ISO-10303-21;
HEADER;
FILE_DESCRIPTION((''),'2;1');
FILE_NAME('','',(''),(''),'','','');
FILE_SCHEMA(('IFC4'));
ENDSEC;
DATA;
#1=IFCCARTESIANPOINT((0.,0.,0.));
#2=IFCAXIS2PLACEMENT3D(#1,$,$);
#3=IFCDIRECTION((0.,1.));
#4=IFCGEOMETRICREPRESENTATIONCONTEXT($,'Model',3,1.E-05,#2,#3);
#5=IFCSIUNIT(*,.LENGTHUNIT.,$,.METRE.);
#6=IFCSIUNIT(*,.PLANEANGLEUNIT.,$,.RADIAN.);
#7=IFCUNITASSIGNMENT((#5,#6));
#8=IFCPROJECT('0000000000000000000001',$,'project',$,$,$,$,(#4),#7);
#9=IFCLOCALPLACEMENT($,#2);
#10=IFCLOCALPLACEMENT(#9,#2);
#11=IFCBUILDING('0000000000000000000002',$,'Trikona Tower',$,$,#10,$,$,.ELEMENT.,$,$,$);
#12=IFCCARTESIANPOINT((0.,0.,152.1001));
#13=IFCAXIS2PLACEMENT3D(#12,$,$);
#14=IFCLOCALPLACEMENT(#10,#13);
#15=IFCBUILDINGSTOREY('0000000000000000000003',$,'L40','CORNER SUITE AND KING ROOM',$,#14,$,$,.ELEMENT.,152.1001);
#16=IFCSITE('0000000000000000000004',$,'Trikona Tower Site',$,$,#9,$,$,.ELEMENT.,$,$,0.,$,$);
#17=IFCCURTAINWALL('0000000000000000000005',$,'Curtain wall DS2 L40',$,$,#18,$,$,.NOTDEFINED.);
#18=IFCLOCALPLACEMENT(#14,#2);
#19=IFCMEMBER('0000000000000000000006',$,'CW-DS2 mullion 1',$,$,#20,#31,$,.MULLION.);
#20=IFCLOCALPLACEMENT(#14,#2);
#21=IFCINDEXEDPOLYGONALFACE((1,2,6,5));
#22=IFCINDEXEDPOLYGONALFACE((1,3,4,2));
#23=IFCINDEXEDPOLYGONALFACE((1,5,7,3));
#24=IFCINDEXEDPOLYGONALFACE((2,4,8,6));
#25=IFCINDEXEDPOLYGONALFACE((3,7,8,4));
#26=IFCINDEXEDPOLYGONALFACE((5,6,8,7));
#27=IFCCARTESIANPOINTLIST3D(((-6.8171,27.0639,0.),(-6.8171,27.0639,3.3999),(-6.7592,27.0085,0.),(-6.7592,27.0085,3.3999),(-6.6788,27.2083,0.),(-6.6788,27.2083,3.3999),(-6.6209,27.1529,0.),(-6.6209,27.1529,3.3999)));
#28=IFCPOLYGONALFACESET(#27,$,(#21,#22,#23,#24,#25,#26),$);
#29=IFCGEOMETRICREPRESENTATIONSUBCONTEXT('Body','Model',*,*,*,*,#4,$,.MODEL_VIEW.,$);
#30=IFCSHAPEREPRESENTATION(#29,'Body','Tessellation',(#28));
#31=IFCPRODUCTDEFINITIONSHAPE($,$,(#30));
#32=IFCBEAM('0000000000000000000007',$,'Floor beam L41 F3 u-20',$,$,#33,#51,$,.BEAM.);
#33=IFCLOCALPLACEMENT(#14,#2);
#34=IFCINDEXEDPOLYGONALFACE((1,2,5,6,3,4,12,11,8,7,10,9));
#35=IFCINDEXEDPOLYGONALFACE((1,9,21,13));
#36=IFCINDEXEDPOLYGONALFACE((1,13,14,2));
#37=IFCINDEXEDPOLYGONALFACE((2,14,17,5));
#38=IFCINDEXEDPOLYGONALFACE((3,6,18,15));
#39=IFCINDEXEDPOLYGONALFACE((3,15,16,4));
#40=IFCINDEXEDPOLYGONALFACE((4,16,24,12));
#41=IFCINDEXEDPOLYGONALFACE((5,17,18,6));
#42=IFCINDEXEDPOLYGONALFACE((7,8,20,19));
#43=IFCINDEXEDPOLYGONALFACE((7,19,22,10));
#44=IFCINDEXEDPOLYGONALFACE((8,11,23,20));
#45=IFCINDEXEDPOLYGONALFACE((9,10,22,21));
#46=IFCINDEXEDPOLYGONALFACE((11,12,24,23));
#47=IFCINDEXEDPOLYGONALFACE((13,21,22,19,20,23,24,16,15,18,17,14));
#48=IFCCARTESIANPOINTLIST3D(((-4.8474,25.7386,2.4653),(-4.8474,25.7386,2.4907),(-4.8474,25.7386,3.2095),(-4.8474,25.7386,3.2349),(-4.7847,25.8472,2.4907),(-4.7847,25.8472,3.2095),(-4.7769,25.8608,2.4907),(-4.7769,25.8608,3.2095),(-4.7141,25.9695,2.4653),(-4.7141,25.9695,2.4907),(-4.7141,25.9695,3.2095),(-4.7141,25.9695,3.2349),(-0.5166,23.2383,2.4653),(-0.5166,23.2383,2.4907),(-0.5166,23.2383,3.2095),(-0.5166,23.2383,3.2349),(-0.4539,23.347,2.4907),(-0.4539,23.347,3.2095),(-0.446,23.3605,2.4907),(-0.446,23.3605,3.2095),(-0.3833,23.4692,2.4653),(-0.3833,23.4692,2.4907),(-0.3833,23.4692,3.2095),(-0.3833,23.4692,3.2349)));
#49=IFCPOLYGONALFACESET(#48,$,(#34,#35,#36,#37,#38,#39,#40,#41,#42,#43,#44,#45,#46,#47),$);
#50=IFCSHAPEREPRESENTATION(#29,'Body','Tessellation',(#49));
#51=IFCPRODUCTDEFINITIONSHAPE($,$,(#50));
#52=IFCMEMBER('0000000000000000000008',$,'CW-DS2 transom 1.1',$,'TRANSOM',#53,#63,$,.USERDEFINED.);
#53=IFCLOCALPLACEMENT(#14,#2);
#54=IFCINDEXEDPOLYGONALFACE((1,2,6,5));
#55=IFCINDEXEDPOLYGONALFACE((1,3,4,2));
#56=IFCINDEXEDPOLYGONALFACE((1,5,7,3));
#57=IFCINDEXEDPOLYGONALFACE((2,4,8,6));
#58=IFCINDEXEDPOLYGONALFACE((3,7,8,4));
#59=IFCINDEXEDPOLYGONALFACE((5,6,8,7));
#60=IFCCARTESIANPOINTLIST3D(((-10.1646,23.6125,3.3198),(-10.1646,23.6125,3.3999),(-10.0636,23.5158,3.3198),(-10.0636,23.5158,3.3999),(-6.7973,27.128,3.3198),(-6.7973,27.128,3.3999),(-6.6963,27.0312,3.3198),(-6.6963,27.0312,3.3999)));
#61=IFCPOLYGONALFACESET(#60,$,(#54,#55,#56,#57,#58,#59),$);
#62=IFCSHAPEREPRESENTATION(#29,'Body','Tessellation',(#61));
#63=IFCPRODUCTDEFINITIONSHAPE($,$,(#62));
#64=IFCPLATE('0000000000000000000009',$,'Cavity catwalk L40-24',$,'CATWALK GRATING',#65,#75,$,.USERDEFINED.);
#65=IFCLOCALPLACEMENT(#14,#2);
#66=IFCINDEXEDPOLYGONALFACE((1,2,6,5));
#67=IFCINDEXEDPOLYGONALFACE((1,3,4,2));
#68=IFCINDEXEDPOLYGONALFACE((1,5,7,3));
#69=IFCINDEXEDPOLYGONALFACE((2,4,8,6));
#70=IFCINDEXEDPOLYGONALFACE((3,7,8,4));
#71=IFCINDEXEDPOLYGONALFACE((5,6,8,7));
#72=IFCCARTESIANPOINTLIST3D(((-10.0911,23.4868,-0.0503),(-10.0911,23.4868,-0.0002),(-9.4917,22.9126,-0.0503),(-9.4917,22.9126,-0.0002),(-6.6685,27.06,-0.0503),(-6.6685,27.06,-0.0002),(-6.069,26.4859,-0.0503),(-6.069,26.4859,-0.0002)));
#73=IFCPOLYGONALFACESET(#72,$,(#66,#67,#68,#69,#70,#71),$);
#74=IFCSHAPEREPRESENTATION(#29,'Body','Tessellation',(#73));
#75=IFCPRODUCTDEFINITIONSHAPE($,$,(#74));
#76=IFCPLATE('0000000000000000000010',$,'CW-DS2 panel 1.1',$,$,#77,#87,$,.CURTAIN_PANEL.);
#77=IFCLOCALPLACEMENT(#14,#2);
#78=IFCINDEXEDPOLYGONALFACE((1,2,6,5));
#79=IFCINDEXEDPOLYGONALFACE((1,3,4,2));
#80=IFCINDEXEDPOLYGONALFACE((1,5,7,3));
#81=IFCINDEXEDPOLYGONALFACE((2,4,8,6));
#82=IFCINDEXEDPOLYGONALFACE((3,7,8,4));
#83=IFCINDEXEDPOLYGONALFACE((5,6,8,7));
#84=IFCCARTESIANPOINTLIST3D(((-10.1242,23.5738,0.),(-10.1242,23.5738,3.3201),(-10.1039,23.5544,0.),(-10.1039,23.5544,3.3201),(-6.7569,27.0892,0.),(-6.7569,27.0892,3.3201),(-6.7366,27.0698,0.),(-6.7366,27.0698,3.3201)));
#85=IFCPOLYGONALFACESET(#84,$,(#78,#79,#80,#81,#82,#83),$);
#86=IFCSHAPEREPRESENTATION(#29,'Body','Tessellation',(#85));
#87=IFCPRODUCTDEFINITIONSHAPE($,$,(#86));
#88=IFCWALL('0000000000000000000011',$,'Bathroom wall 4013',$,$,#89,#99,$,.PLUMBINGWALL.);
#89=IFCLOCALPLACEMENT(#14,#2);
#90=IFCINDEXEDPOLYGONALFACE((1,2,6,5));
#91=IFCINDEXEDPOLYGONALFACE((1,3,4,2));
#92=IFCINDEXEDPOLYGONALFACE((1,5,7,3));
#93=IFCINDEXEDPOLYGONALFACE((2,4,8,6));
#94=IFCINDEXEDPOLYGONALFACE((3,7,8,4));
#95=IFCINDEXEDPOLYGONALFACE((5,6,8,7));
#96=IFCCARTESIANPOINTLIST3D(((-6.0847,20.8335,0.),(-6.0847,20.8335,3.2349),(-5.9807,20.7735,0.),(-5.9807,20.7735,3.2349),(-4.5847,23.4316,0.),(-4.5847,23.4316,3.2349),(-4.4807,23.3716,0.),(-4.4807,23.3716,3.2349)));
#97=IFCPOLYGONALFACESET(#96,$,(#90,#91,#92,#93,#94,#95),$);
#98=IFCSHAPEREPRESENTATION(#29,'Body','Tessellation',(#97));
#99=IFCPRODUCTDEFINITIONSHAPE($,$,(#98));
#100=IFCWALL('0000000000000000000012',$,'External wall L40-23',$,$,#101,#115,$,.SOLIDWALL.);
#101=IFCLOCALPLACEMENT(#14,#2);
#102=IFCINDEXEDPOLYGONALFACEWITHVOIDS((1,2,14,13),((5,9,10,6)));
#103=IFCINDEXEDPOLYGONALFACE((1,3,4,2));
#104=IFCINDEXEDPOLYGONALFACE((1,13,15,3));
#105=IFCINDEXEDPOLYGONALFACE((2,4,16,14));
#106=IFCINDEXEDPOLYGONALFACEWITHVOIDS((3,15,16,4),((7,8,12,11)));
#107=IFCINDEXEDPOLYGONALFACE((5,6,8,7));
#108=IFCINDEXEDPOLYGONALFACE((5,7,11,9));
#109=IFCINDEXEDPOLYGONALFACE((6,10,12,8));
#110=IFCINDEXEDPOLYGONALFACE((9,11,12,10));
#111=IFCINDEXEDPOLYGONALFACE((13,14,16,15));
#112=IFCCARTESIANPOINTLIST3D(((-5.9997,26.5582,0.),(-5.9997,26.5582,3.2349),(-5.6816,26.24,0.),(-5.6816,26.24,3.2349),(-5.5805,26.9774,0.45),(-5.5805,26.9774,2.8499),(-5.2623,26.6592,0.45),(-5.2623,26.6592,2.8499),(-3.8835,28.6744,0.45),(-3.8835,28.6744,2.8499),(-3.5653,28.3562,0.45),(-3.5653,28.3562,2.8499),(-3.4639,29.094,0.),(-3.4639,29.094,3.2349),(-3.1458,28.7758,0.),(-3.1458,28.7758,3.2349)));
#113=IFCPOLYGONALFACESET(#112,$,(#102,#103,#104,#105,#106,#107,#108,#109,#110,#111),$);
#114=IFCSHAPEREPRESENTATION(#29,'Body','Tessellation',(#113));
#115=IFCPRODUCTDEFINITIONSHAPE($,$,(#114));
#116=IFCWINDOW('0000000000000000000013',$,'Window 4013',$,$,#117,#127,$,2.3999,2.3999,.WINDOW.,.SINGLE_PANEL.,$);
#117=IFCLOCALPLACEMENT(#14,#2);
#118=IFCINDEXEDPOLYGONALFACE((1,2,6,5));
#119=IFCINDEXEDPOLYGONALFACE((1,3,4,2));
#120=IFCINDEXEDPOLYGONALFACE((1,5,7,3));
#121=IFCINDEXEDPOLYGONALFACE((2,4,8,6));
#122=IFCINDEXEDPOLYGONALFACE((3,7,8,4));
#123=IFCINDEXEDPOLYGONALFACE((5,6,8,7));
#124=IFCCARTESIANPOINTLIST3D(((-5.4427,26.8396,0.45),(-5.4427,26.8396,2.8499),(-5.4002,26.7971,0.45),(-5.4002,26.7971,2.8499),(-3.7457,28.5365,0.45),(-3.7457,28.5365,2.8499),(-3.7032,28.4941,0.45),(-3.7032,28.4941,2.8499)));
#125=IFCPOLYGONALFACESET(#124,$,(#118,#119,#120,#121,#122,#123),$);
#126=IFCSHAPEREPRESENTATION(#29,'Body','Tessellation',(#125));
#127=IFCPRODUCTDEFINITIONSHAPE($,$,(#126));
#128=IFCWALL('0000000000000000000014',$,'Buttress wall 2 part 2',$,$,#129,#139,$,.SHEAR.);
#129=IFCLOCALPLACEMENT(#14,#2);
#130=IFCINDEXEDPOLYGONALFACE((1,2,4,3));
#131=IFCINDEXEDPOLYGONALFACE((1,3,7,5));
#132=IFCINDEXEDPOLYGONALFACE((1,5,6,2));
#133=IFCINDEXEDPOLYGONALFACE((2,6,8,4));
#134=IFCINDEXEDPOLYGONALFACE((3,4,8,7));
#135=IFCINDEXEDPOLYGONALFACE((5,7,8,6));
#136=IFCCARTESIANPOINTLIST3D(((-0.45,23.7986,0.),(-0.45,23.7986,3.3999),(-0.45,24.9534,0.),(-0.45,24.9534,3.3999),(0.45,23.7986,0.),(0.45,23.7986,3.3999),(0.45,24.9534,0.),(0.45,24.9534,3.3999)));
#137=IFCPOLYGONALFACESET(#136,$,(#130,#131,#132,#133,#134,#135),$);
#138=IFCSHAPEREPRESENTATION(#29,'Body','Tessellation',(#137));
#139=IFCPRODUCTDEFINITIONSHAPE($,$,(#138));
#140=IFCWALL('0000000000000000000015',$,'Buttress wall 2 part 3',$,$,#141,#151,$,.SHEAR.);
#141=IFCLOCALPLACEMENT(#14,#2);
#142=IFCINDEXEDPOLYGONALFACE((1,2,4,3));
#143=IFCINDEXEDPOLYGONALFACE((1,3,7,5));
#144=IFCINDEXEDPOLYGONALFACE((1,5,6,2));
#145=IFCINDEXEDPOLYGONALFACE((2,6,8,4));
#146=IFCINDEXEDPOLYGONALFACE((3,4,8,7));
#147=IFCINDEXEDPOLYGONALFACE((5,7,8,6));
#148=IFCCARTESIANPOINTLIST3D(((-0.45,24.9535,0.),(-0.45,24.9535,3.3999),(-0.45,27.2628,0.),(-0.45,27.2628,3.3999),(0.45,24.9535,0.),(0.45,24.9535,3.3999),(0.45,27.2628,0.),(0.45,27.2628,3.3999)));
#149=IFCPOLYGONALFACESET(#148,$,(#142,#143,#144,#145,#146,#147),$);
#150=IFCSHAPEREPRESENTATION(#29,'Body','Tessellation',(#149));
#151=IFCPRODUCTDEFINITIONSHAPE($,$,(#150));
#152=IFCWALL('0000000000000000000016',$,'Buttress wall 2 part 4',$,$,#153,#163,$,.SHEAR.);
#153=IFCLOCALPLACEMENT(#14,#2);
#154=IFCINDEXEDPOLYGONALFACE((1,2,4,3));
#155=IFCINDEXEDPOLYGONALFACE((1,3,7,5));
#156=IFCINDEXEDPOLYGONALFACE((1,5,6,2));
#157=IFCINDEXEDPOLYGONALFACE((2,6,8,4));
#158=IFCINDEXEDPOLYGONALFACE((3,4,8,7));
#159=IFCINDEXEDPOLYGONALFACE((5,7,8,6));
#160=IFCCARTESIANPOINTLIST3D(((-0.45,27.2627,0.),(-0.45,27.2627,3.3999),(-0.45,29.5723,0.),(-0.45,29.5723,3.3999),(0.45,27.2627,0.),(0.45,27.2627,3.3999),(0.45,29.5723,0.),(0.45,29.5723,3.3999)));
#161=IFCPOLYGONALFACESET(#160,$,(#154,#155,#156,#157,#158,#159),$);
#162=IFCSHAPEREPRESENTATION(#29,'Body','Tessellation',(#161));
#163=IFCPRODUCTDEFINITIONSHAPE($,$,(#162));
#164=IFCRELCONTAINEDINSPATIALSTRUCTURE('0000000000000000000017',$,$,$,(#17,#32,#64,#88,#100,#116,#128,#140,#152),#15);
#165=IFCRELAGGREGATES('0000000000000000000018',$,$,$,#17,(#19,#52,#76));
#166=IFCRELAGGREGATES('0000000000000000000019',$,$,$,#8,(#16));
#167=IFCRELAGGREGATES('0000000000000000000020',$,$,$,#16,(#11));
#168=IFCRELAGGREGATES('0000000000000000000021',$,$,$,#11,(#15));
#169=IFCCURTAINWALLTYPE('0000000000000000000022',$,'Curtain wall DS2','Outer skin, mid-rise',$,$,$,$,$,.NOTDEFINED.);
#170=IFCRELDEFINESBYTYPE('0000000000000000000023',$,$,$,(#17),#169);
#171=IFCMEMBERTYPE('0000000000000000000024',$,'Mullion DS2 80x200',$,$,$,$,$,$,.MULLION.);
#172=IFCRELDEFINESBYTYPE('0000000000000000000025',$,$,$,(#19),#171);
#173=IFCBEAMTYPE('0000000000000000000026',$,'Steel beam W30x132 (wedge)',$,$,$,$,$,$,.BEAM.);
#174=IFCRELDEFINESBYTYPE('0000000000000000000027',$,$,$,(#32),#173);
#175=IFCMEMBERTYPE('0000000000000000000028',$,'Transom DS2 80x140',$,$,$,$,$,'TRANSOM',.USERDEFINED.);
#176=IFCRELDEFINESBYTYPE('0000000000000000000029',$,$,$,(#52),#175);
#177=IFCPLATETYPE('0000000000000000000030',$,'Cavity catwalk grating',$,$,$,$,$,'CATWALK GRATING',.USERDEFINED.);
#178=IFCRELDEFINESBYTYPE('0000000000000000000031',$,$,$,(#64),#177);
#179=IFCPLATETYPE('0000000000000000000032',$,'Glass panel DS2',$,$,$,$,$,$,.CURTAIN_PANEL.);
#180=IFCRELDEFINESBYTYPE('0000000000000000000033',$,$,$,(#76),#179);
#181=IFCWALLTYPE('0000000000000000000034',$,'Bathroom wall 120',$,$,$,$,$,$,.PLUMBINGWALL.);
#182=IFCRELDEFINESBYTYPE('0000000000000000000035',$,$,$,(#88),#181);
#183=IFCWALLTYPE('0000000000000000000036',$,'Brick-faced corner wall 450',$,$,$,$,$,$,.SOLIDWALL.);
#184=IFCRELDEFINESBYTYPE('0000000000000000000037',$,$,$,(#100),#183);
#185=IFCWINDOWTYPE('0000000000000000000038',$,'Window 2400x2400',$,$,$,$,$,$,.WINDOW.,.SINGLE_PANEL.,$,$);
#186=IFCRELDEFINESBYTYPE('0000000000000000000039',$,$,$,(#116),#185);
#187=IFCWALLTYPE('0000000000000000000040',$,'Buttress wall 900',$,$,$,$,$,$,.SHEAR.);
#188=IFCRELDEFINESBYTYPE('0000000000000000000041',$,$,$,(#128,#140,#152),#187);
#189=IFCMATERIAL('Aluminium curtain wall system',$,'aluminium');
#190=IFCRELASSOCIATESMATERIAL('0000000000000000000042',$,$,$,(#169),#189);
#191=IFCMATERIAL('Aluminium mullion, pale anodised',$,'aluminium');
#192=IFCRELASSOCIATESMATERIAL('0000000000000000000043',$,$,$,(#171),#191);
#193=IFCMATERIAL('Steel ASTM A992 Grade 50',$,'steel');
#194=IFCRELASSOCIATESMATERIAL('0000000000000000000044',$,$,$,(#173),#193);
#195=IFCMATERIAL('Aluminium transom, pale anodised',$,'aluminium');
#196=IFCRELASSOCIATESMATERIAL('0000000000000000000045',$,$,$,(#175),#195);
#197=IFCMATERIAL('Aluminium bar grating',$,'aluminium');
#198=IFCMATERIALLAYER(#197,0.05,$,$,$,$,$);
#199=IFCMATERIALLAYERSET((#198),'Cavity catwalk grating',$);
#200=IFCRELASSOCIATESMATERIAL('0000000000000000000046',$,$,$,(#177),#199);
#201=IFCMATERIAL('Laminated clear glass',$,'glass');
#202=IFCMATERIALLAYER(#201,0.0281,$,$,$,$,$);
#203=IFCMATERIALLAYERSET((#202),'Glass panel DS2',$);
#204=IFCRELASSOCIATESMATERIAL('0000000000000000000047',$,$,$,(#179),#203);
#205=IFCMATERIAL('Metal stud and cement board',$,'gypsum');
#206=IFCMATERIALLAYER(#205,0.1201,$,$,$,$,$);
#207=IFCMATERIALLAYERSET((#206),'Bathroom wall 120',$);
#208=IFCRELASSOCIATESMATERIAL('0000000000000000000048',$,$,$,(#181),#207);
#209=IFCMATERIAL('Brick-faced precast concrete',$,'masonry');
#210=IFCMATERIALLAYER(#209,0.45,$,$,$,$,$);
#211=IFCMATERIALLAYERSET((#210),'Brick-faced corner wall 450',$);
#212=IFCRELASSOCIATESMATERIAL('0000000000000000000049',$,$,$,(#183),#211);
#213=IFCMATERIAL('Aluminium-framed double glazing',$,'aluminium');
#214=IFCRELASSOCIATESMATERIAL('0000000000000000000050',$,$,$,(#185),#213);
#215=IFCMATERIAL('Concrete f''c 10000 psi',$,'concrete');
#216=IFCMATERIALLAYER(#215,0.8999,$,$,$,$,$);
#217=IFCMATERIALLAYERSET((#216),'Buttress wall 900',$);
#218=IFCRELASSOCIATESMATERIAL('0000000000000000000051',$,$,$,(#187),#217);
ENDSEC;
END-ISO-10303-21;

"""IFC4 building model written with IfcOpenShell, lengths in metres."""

from ifc_helpers import new_model, si_unit, direction, frame, frame_2d, origin, origin_2d, place, context, subcontext, project, spatial, rectangle, i_section, extrude, material, layer, layer_set, material_profile, profile_set, type_object, element, fill, aggregate, save


model = new_model("IFC4")

# Units and contexts
model_context = context("Model", 3, precision=1e-05, world=origin(), true_north=direction((0.0, 1.0)))
body_context = subcontext(model_context, "Body", "Model", "MODEL_VIEW")
ifc_project = project(units=[si_unit("LENGTHUNIT", "METRE"), si_unit("PLANEANGLEUNIT", "RADIAN")], contexts=[model_context])

# Site, building, storey
site_placement = place(None, origin())
site = spatial("IfcSite", under=ifc_project, at=site_placement, Name="Trikona Tower Site", CompositionType="ELEMENT", RefElevation=0.0)
building_placement = place(site_placement, origin())
building = spatial("IfcBuilding", under=site, at=building_placement, Name="Trikona Tower", CompositionType="ELEMENT")
storey_placement = place(building_placement, frame((0.0, 0.0, 152.1001)))
storey = spatial("IfcBuildingStorey", under=building, at=storey_placement, Name="L40", Description="CORNER SUITE AND KING ROOM", CompositionType="ELEMENT", Elevation=152.1001)

# Curtain wall, member
ifc_material_1 = material(Name="Aluminium curtain wall system", Category="aluminium")
curtain_wall_type = type_object("IfcCurtainWallType", Name="Curtain wall DS2", Description="Outer skin, mid-rise", PredefinedType="NOTDEFINED", material=ifc_material_1)
curtain_wall_placement = place(storey_placement, origin())
curtain_wall = element("IfcCurtainWall", 1, at=curtain_wall_placement, inside=storey, type_object=curtain_wall_type, Name="Curtain wall DS2 L40", PredefinedType="NOTDEFINED")
ifc_material_2 = material(Name="Aluminium mullion, pale anodised", Category="aluminium")
ifc_material_profile_1 = material_profile(ifc_material_2, rectangle(XDim=0.0801, YDim=0.2, at=origin_2d()), Name="MUL-DS2")
ifc_profile_set_1 = profile_set([ifc_material_profile_1], Name="Aluminium mullion, pale anodised")
member_type_1 = type_object("IfcMemberType", Name="Mullion DS2 80x200", PredefinedType="MULLION", material=ifc_profile_set_1)
member_1_placement = place(storey_placement, frame((-6.719, 27.1084, 0.0), z_axis=(0.0, 0.0, 1.0), x_axis=(0.722158, -0.691728, 0.0)))
member_1 = element("IfcMember", 2, at=member_1_placement, type_object=member_type_1, Name="CW-DS2 mullion 1", PredefinedType="MULLION", context=body_context, shape_type="SweptSolid", body=[
    extrude(rectangle(XDim=0.0801, YDim=0.2, at=origin_2d()), origin(), (0.0, 0.0, 1.0), 3.3999),
])

# Beam
ifc_material_3 = material(Name="Steel ASTM A992 Grade 50", Category="steel")
ifc_material_profile_2 = material_profile(ifc_material_3, i_section(OverallWidth=0.2666, OverallDepth=0.7695, WebThickness=0.0156, FlangeThickness=0.0254, at=origin_2d()), Name="W30X132")
ifc_profile_set_2 = profile_set([ifc_material_profile_2], Name="Steel ASTM A992 Grade 50")
beam_type = type_object("IfcBeamType", Name="Steel beam W30x132 (wedge)", PredefinedType="BEAM", material=ifc_profile_set_2)
beam_placement = place(storey_placement, frame((-0.45, 23.3538, 2.8501), z_axis=(-0.866038, 0.499977, 0.0), x_axis=(-0.499977, -0.866038, 0.0)))
element("IfcBeam", 3, at=beam_placement, inside=storey, type_object=beam_type, Name="Floor beam L41 F3 u-20", PredefinedType="BEAM", context=body_context, shape_type="SweptSolid", body=[
    extrude(i_section(OverallWidth=0.2666, OverallDepth=0.7695, WebThickness=0.0156, FlangeThickness=0.0254, at=origin_2d()), origin(), (0.0, 0.0, 1.0), 5.0007),
])

# Member
ifc_material_4 = material(Name="Aluminium transom, pale anodised", Category="aluminium")
ifc_material_profile_3 = material_profile(ifc_material_4, rectangle(XDim=0.1399, YDim=0.0801, at=origin_2d()), Name="TRN-DS2")
ifc_profile_set_3 = profile_set([ifc_material_profile_3], Name="Aluminium transom, pale anodised")
member_type_2 = type_object("IfcMemberType", Name="Transom DS2 80x140", ElementType="TRANSOM", PredefinedType="USERDEFINED", material=ifc_profile_set_3)
member_2_placement = place(storey_placement, frame((-6.7468, 27.0796, 3.3599), z_axis=(-0.691721, -0.722165, 0.0), x_axis=(0.722165, -0.691721, 0.0)))
member_2 = element("IfcMember", 4, at=member_2_placement, type_object=member_type_2, Name="CW-DS2 transom 1.1", ObjectType="TRANSOM", PredefinedType="USERDEFINED", context=body_context, shape_type="SweptSolid", body=[
    extrude(rectangle(XDim=0.1399, YDim=0.0801, at=origin_2d()), origin(), (0.0, 0.0, 1.0), 4.8679),
])

# Plates
ifc_material_5 = material(Name="Aluminium bar grating", Category="aluminium")
ifc_layer_1 = layer(ifc_material_5, 0.05)
ifc_layer_set_1 = layer_set([ifc_layer_1], Name="Cavity catwalk grating")
plate_type_1 = type_object("IfcPlateType", Name="Cavity catwalk grating", ElementType="CATWALK GRATING", PredefinedType="USERDEFINED", material=ifc_layer_set_1)
plate_1_placement = place(storey_placement, frame((-8.0801, 24.9863, -0.0503), z_axis=(0.0, 0.0, 1.0), x_axis=(-0.691724, -0.722162, 0.0)))
element("IfcPlate", 5, at=plate_1_placement, inside=storey, type_object=plate_type_1, Name="Cavity catwalk L40-24", ObjectType="CATWALK GRATING", PredefinedType="USERDEFINED", context=body_context, shape_type="SweptSolid", body=[
    extrude(rectangle(XDim=4.948, YDim=0.8301, at=origin_2d()), origin(), (0.0, 0.0, 1.0), 0.05),
])
ifc_material_6 = material(Name="Laminated clear glass", Category="glass")
ifc_layer_2 = layer(ifc_material_6, 0.0281)
ifc_layer_set_2 = layer_set([ifc_layer_2], Name="Glass panel DS2")
plate_type_2 = type_object("IfcPlateType", Name="Glass panel DS2", PredefinedType="CURTAIN_PANEL", material=ifc_layer_set_2)
plate_2_placement = place(storey_placement, frame((-8.4304, 25.3218, 0.0), z_axis=(0.0, 0.0, 1.0), x_axis=(-0.691728, -0.722158, 0.0)))
plate_2 = element("IfcPlate", 6, at=plate_2_placement, type_object=plate_type_2, Name="CW-DS2 panel 1.1", PredefinedType="CURTAIN_PANEL", context=body_context, shape_type="SweptSolid", body=[
    extrude(rectangle(XDim=4.8679, YDim=0.0281, at=origin_2d()), origin(), (0.0, 0.0, 1.0), 3.3201),
])
aggregate(curtain_wall, [member_1, member_2, plate_2])

# Wall
ifc_material_7 = material(Name="Metal stud and cement board", Category="gypsum")
ifc_layer_3 = layer(ifc_material_7, 0.1201)
ifc_layer_set_3 = layer_set([ifc_layer_3], Name="Bathroom wall 120")
wall_type_1 = type_object("IfcWallType", Name="Bathroom wall 120", PredefinedType="PLUMBINGWALL", material=ifc_layer_set_3)
wall_1_placement = place(storey_placement, frame((-4.5327, 23.4016, 0.0), z_axis=(0.0, 0.0, 1.0), x_axis=(-0.49999, -0.866031, 0.0)))
element("IfcWall", 7, at=wall_1_placement, inside=storey, type_object=wall_type_1, Name="Bathroom wall 4013", PredefinedType="PLUMBINGWALL", context=body_context, shape_type="SweptSolid", body=[
    extrude(rectangle(XDim=3.0, YDim=0.1201, at=frame_2d((1.5, 0.0))), origin(), (0.0, 0.0, 1.0), 3.2349),
])

# Wall, opening, window
ifc_material_8 = material(Name="Brick-faced precast concrete", Category="masonry")
ifc_layer_4 = layer(ifc_material_8, 0.45)
ifc_layer_set_4 = layer_set([ifc_layer_4], Name="Brick-faced corner wall 450")
wall_type_2 = type_object("IfcWallType", Name="Brick-faced corner wall 450", PredefinedType="SOLIDWALL", material=ifc_layer_set_4)
wall_2_placement = place(storey_placement, frame((-3.3049, 28.9348, 0.0), z_axis=(0.0, 0.0, 1.0), x_axis=(-0.707107, -0.707107, 0.0)))
wall_2 = element("IfcWall", 8, at=wall_2_placement, inside=storey, type_object=wall_type_2, Name="External wall L40-23", PredefinedType="SOLIDWALL", context=body_context, shape_type="SweptSolid", body=[
    extrude(rectangle(XDim=3.5862, YDim=0.45, at=frame_2d((1.793, 0.0))), origin(), (0.0, 0.0, 1.0), 3.2349),
])
opening_1_placement = place(wall_2_placement, frame((0.5933, 0.0, 0.45)))
opening_1 = element("IfcOpeningElement", 9, at=opening_1_placement, cuts=wall_2, PredefinedType="OPENING", context=body_context, shape_type="SweptSolid", body=[
    extrude(rectangle(XDim=2.3999, YDim=2.3999, at=frame_2d((1.2, 1.2))), frame((0.0, 0.2349, 0.0), z_axis=(0.0, -1.0, 0.0), x_axis=(1.0, 0.0, 0.0)), (0.0, 0.0, 1.0), 0.47),
])
ifc_material_9 = material(Name="Aluminium-framed double glazing", Category="aluminium")
window_type_1 = type_object("IfcWindowType", Name="Window 2400x2400", PartitioningType="SINGLE_PANEL", PredefinedType="WINDOW", material=ifc_material_9)
window_1_placement = place(opening_1_placement, origin())
window_1 = element("IfcWindow", 10, at=window_1_placement, inside=storey, type_object=window_type_1, Name="Window 4013", OverallHeight=2.3999, OverallWidth=2.3999, PartitioningType="SINGLE_PANEL", PredefinedType="WINDOW", context=body_context, shape_type="SweptSolid", body=[
    extrude(rectangle(XDim=2.3999, YDim=2.3999, at=frame_2d((1.2, 1.2))), frame((0.0, 0.03, 0.0), z_axis=(0.0, -1.0, 0.0), x_axis=(1.0, 0.0, 0.0)), (0.0, 0.0, 1.0), 0.0601),
])
fill(opening_1, window_1)

# Walls
ifc_material_10 = material(Name="Concrete f'c 10000 psi", Category="concrete")
ifc_layer_5 = layer(ifc_material_10, 0.8999)
ifc_layer_set_5 = layer_set([ifc_layer_5], Name="Buttress wall 900")
wall_type_3 = type_object("IfcWallType", Name="Buttress wall 900", PredefinedType="SHEAR", material=ifc_layer_set_5)
wall_3_placement = place(storey_placement, frame((0.0, 23.7986, 0.0), z_axis=(0.0, 0.0, 1.0), x_axis=(0.0, 1.0, 0.0)))
element("IfcWall", 11, at=wall_3_placement, inside=storey, type_object=wall_type_3, Name="Buttress wall 2 part 2", PredefinedType="SHEAR", context=body_context, shape_type="SweptSolid", body=[
    extrude(rectangle(XDim=1.1548, YDim=0.8999, at=frame_2d((0.5774, 0.0))), origin(), (0.0, 0.0, 1.0), 3.3999),
])
wall_4_placement = place(storey_placement, frame((0.0, 24.9534, 0.0), z_axis=(0.0, 0.0, 1.0), x_axis=(0.0, 1.0, 0.0)))
element("IfcWall", 12, at=wall_4_placement, inside=storey, type_object=wall_type_3, Name="Buttress wall 2 part 3", PredefinedType="SHEAR", context=body_context, shape_type="SweptSolid", body=[
    extrude(rectangle(XDim=2.3093, YDim=0.8999, at=frame_2d((1.1548, 0.0))), origin(), (0.0, 0.0, 1.0), 3.3999),
])
wall_5_placement = place(storey_placement, frame((0.0, 27.2627, 0.0), z_axis=(0.0, 0.0, 1.0), x_axis=(0.0, 1.0, 0.0)))
element("IfcWall", 13, at=wall_5_placement, inside=storey, type_object=wall_type_3, Name="Buttress wall 2 part 4", PredefinedType="SHEAR", context=body_context, shape_type="SweptSolid", body=[
    extrude(rectangle(XDim=2.3096, YDim=0.8999, at=frame_2d((1.1548, 0.0))), origin(), (0.0, 0.0, 1.0), 3.3999),
])

save(model, "model.ifc")
